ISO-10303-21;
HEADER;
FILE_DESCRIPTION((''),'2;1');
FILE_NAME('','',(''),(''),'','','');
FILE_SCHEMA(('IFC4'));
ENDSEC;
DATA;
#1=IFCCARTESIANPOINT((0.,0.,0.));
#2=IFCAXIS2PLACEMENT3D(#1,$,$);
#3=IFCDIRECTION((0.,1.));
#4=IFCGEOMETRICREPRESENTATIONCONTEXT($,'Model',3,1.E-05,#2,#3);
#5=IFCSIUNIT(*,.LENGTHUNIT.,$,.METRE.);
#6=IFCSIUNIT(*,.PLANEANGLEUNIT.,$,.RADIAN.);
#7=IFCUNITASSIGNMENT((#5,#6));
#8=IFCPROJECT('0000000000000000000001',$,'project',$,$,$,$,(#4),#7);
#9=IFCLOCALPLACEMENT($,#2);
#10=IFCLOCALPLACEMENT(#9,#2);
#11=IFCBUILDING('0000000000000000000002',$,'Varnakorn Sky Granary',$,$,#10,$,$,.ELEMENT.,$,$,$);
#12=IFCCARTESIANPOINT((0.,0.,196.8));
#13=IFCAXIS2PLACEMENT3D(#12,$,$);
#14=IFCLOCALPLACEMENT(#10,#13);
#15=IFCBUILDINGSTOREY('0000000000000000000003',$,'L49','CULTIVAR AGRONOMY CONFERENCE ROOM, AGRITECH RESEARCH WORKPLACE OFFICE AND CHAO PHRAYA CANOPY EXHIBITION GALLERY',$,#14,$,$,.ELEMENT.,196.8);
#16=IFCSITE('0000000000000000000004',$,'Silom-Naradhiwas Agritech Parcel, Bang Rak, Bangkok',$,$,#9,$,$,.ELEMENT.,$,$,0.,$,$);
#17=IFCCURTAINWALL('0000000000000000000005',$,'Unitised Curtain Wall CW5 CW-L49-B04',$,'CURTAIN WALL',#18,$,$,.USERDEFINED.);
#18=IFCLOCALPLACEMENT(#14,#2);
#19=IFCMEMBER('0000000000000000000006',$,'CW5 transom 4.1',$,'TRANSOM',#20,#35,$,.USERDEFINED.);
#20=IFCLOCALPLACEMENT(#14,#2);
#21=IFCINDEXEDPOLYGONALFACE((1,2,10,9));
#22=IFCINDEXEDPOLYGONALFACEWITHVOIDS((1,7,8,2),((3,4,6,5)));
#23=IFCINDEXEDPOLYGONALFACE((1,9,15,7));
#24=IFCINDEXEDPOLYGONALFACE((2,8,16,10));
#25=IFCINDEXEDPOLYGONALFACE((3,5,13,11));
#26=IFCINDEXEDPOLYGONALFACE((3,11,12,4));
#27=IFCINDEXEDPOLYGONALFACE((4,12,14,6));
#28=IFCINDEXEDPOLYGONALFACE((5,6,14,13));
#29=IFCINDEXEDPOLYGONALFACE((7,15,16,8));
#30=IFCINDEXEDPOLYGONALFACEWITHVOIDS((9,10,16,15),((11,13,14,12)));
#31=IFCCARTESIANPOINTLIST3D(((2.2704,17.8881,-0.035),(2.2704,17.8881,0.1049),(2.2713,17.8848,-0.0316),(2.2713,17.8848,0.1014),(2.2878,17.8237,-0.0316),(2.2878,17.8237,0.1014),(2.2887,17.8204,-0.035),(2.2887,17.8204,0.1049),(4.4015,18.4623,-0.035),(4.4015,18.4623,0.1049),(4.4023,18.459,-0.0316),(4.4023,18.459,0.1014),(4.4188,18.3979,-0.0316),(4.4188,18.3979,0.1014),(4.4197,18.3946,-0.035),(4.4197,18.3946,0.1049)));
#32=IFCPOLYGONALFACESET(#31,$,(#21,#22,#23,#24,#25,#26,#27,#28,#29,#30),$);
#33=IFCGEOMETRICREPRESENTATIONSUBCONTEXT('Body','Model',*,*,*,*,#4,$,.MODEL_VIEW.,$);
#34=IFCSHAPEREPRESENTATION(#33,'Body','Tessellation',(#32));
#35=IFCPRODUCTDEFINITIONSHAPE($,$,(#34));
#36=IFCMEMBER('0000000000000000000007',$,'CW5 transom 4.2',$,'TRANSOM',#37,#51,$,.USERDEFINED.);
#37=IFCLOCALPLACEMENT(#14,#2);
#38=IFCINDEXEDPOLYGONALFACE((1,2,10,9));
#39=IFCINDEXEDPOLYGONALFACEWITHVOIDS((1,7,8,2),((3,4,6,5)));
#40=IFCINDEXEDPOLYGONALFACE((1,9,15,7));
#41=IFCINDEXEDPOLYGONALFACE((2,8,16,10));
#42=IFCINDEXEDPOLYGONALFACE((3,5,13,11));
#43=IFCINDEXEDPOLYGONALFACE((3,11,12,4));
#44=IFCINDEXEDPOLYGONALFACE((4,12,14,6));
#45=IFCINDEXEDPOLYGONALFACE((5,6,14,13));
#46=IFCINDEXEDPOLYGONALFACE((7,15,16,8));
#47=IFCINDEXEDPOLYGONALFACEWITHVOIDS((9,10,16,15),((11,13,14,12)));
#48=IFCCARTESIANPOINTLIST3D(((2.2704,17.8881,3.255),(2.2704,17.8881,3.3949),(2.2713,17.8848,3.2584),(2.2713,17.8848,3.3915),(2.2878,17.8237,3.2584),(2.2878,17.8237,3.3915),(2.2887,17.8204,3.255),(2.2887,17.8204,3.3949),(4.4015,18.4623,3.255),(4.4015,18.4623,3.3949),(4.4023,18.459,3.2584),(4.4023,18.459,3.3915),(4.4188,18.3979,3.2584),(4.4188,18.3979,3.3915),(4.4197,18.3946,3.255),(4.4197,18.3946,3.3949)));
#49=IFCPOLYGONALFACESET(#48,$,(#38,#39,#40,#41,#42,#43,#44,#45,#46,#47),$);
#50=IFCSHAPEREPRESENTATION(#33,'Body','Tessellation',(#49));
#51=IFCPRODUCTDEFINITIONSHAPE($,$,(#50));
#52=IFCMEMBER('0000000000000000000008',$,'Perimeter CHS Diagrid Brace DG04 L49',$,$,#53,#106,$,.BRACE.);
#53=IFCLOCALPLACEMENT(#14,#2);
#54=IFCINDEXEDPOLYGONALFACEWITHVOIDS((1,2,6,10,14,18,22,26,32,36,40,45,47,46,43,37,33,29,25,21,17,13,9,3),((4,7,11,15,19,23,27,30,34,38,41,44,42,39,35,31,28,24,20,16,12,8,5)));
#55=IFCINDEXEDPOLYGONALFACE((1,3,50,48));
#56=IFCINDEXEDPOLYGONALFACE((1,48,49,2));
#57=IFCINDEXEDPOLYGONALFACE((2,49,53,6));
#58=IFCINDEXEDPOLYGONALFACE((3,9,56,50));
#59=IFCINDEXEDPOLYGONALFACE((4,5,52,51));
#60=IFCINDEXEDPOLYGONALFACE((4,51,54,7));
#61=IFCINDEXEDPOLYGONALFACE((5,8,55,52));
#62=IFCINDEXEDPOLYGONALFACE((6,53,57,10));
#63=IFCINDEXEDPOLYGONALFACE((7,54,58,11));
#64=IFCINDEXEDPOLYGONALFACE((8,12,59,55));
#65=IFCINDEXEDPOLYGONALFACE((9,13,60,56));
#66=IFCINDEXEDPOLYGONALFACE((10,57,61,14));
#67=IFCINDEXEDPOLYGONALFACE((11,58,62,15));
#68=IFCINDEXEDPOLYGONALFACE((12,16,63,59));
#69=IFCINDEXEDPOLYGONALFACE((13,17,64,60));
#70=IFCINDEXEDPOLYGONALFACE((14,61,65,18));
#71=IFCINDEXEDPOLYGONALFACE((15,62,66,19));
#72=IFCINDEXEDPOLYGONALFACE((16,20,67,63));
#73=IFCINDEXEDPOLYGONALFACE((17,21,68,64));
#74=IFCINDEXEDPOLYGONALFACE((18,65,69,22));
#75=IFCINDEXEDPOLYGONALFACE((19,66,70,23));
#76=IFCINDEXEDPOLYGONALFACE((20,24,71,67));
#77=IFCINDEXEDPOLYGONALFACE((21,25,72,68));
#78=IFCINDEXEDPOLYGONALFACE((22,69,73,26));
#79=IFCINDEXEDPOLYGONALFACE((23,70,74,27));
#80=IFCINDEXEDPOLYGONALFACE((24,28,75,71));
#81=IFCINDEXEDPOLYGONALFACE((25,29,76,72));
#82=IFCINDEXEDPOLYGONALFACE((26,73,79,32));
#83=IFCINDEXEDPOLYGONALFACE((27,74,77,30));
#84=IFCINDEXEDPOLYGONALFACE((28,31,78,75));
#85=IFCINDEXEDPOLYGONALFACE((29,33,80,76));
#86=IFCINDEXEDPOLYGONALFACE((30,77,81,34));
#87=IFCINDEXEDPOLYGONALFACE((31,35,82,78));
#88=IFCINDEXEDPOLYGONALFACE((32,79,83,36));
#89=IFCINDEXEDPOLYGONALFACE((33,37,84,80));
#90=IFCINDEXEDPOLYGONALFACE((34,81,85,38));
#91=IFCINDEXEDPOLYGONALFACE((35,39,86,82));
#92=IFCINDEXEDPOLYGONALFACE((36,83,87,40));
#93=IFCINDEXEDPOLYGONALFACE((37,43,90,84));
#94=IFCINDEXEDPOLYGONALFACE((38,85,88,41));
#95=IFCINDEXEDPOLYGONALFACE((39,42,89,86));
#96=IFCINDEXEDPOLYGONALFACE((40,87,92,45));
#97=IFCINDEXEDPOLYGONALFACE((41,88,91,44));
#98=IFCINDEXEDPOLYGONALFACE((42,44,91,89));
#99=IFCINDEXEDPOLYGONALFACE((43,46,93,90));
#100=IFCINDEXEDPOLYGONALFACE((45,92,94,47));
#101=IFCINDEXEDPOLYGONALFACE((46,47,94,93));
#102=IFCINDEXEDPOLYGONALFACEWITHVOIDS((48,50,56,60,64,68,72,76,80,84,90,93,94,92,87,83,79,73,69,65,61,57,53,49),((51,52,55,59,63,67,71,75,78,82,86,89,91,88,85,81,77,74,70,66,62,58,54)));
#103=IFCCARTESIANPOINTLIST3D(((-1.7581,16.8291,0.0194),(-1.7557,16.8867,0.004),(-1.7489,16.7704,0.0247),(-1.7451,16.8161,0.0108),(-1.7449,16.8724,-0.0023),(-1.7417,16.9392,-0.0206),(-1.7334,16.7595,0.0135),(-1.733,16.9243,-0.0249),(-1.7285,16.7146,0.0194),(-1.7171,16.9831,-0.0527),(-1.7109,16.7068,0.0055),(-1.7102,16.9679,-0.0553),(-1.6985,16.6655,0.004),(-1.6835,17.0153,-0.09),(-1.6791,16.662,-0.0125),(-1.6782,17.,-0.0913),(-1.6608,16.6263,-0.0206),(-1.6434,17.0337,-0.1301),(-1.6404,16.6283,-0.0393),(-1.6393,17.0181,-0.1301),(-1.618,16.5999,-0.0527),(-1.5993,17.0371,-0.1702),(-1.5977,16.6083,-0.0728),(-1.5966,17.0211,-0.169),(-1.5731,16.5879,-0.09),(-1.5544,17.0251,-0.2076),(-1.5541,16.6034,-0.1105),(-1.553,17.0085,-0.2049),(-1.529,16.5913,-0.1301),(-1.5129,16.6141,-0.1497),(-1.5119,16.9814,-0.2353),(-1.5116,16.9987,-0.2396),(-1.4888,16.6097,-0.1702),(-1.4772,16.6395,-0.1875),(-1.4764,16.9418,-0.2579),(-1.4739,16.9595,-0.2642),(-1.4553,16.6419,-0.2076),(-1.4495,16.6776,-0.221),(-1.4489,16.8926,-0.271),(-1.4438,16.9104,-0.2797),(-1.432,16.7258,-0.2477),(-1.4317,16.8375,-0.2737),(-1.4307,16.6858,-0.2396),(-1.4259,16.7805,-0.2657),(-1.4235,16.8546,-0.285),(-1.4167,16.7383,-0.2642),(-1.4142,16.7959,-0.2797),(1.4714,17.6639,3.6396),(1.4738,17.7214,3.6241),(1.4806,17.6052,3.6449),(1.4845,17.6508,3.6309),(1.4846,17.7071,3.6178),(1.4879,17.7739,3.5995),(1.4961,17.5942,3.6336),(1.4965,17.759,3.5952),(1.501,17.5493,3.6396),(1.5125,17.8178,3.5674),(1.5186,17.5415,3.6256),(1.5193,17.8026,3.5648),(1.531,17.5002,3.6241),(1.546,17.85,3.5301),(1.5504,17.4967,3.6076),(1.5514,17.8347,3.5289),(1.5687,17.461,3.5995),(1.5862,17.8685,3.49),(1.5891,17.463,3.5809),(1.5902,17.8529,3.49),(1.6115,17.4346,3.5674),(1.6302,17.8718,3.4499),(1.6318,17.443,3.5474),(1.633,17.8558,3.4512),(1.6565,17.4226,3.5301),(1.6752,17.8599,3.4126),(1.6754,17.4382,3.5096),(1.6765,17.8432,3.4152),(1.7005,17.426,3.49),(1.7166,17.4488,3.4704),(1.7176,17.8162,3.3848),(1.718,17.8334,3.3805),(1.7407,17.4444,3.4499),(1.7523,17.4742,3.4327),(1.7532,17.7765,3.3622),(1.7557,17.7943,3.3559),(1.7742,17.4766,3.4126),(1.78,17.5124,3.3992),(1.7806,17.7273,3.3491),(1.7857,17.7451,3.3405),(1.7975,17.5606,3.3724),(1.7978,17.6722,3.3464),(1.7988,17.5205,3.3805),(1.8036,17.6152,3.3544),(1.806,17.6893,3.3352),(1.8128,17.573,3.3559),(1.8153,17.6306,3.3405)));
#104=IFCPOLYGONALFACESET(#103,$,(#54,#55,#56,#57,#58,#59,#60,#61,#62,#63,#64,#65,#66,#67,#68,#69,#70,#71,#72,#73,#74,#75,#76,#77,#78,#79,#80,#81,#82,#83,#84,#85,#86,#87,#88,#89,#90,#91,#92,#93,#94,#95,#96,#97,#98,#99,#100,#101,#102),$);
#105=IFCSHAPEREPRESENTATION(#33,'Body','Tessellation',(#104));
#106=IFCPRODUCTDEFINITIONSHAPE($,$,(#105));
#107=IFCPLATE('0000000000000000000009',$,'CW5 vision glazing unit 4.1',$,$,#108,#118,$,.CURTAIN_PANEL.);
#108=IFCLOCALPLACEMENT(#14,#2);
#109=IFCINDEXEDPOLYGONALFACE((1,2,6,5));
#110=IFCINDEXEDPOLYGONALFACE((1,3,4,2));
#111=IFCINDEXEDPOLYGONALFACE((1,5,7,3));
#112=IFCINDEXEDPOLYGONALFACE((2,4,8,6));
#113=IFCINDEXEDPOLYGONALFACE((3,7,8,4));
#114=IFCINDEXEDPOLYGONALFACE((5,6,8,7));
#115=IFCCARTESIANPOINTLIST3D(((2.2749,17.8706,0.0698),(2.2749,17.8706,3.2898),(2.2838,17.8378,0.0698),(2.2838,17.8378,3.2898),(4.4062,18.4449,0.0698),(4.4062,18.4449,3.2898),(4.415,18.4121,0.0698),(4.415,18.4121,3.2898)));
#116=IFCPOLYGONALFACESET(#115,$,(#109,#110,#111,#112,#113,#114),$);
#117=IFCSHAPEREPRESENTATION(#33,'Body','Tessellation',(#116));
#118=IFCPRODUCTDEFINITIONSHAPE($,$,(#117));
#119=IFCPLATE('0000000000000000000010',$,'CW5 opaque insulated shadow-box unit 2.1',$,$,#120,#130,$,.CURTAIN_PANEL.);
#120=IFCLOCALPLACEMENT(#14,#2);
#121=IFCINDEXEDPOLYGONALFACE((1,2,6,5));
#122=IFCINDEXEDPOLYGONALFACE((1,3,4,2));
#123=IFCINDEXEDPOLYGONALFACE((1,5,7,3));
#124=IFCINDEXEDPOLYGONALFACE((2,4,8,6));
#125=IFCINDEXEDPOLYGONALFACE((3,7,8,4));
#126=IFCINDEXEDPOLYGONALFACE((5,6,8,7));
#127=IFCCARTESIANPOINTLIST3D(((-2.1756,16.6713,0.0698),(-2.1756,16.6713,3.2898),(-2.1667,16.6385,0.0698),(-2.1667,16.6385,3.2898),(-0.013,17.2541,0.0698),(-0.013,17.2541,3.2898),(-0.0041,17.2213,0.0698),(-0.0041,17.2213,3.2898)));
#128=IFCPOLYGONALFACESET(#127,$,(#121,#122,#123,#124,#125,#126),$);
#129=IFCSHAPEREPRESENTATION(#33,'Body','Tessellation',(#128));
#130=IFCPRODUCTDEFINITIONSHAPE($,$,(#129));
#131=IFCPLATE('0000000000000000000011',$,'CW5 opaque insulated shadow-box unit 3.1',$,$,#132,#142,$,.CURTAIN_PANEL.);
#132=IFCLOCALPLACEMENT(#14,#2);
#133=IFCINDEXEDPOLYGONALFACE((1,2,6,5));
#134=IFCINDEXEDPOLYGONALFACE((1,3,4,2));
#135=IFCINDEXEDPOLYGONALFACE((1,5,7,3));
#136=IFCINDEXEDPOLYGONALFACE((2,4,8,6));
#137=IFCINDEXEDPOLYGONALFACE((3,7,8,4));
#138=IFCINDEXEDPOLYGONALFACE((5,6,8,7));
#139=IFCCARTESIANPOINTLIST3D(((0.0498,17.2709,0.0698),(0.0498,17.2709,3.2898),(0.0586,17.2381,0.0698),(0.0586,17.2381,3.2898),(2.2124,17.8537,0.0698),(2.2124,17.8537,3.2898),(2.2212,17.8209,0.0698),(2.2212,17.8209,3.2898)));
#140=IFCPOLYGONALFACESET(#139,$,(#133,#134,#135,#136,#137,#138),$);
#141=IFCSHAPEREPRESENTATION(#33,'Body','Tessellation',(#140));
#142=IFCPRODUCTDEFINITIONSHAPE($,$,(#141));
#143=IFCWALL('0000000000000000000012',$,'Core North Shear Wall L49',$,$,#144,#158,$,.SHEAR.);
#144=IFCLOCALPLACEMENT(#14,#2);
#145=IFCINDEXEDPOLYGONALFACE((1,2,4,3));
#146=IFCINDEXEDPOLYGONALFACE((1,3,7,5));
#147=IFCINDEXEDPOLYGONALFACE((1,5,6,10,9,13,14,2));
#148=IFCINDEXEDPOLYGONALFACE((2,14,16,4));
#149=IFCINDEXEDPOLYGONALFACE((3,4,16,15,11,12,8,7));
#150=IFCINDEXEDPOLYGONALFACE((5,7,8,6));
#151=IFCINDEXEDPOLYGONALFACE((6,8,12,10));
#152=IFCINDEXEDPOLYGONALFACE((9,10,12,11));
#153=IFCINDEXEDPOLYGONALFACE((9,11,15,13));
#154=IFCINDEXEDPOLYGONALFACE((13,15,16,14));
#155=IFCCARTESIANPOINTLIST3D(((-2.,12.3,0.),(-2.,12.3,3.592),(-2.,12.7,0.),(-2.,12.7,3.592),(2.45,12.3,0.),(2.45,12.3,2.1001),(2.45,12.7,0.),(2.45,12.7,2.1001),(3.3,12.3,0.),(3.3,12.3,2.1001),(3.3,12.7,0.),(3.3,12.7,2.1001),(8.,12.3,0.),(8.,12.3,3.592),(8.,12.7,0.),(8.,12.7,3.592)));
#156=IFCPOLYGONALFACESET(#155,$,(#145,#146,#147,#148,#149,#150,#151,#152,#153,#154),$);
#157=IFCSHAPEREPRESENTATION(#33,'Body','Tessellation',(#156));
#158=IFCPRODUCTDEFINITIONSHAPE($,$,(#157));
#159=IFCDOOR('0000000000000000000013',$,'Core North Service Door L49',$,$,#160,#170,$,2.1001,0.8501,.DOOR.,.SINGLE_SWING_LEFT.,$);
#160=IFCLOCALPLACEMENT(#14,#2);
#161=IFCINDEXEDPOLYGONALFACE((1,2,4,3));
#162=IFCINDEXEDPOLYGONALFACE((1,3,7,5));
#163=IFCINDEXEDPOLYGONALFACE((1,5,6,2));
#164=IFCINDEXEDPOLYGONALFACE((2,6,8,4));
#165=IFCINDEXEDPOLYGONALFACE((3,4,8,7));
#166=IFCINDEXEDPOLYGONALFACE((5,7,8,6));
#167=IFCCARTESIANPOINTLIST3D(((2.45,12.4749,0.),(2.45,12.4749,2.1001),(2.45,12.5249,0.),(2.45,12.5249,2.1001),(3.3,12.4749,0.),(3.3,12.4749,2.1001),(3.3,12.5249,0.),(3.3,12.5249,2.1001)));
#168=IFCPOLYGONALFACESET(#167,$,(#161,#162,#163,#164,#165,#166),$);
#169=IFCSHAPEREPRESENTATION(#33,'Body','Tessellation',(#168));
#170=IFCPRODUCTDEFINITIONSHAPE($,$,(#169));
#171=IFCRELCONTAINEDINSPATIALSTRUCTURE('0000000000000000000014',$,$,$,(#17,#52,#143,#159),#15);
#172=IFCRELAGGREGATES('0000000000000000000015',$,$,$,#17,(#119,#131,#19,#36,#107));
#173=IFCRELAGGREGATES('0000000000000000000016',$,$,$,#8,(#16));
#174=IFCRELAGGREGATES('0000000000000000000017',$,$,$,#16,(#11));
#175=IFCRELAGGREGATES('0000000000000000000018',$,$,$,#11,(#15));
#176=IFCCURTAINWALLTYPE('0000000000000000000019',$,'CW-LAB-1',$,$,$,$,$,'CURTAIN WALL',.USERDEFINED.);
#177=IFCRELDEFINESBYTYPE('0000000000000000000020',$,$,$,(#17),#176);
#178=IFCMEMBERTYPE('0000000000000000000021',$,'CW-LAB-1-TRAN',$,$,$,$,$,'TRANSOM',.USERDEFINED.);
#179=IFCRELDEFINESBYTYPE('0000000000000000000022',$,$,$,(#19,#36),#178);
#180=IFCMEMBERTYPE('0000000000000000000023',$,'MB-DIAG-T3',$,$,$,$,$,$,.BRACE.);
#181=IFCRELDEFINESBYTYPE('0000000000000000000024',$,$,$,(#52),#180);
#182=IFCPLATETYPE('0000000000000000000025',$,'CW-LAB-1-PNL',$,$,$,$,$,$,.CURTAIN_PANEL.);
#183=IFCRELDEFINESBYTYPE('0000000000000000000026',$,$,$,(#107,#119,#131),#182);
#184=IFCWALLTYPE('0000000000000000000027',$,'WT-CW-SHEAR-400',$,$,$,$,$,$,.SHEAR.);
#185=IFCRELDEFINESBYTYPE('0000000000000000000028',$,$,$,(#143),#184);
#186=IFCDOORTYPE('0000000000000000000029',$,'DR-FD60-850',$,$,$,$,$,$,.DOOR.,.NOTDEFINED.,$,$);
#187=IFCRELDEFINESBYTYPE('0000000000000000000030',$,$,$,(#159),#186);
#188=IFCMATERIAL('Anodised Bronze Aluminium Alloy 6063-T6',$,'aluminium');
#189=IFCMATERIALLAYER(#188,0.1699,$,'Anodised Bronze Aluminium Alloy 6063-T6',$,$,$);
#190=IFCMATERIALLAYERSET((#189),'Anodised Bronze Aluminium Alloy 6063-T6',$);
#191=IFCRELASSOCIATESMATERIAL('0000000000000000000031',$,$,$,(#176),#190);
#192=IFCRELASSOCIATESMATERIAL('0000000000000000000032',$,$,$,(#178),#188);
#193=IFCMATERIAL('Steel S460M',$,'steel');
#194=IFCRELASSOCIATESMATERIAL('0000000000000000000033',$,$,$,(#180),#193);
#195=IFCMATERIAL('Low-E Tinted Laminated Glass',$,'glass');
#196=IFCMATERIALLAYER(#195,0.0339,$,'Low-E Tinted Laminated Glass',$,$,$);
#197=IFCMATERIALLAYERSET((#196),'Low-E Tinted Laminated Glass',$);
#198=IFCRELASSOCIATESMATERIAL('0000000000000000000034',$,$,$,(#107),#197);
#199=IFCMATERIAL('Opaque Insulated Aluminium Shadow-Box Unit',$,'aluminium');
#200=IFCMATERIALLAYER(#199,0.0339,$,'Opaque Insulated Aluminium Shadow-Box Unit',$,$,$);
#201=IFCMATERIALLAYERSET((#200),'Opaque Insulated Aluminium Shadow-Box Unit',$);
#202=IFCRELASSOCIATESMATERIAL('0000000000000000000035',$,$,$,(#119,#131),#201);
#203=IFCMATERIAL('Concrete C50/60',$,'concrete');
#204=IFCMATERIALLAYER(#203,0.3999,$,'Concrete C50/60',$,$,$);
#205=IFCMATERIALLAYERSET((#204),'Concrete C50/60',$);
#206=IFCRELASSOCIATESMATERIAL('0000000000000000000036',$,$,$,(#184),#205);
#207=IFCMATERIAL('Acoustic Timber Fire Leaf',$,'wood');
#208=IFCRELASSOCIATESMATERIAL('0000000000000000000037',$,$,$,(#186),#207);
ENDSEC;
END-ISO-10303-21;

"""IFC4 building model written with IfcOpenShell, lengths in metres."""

from ifc_helpers import new_model, si_unit, direction, frame, frame_2d, origin, origin_2d, place, context, subcontext, project, spatial, rectangle, hollow_rectangle, hollow_circle, extrude, source, transform, mapped, material, layer, layer_set, material_profile, profile_set, type_object, type_shapes, element, fill, aggregate, save


model = new_model("IFC4")

# Units and contexts
model_context = context("Model", 3, precision=1e-05, world=origin(), true_north=direction((0.0, 1.0)))
body_context = subcontext(model_context, "Body", "Model", "MODEL_VIEW")
ifc_project = project(units=[si_unit("LENGTHUNIT", "METRE"), si_unit("PLANEANGLEUNIT", "RADIAN")], contexts=[model_context])

# Site, building, storey
site_placement = place(None, origin())
site = spatial("IfcSite", under=ifc_project, at=site_placement, Name="Silom-Naradhiwas Agritech Parcel, Bang Rak, Bangkok", CompositionType="ELEMENT", RefElevation=0.0)
building_placement = place(site_placement, origin())
building = spatial("IfcBuilding", under=site, at=building_placement, Name="Varnakorn Sky Granary", CompositionType="ELEMENT")
storey_placement = place(building_placement, frame((0.0, 0.0, 196.8)))
storey = spatial("IfcBuildingStorey", under=building, at=storey_placement, Name="L49", Description="CULTIVAR AGRONOMY CONFERENCE ROOM, AGRITECH RESEARCH WORKPLACE OFFICE AND CHAO PHRAYA CANOPY EXHIBITION GALLERY", CompositionType="ELEMENT", Elevation=196.8)

# Curtain wall, members
ifc_material_1 = material(Name="Anodised Bronze Aluminium Alloy 6063-T6", Category="aluminium")
ifc_layer_1 = layer(ifc_material_1, 0.1699, Name="Anodised Bronze Aluminium Alloy 6063-T6")
ifc_layer_set_1 = layer_set([ifc_layer_1], Name="Anodised Bronze Aluminium Alloy 6063-T6")
curtain_wall_type = type_object("IfcCurtainWallType", Name="CW-LAB-1", ElementType="CURTAIN WALL", PredefinedType="USERDEFINED", material=ifc_layer_set_1)
curtain_wall_placement = place(storey_placement, origin())
curtain_wall = element("IfcCurtainWall", 1, at=curtain_wall_placement, inside=storey, type_object=curtain_wall_type, Name="Unitised Curtain Wall CW5 CW-L49-B04", ObjectType="CURTAIN WALL", PredefinedType="USERDEFINED")
ifc_material_profile_1 = material_profile(ifc_material_1, hollow_rectangle(XDim=0.0701, YDim=0.1399, WallThickness=0.0034, at=origin_2d()), Name="ALU TRAN 70x140")
ifc_profile_set_1 = profile_set([ifc_material_profile_1], Name="Anodised Bronze Aluminium Alloy 6063-T6")
member_type_1 = type_object("IfcMemberType", Name="CW-LAB-1-TRAN", ElementType="TRANSOM", PredefinedType="USERDEFINED", material=ifc_profile_set_1)
member_1_placement = place(storey_placement, frame((2.2795, 17.8542, 0.0349), z_axis=(0.965563, 0.260168, 0.0), x_axis=(-0.260168, 0.965563, 0.0)))
member_1 = element("IfcMember", 2, at=member_1_placement, type_object=member_type_1, Name="CW5 transom 4.1", ObjectType="TRANSOM", PredefinedType="USERDEFINED", context=body_context, shape_type="SweptSolid", body=[
    extrude(hollow_rectangle(XDim=0.0701, YDim=0.1399, WallThickness=0.0034, at=origin_2d()), origin(), (0.0, 0.0, 1.0), 2.207),
])
member_2_placement = place(storey_placement, frame((2.2795, 17.8542, 3.325), z_axis=(0.965563, 0.260168, 0.0), x_axis=(-0.260168, 0.965563, 0.0)))
member_2 = element("IfcMember", 3, at=member_2_placement, type_object=member_type_1, Name="CW5 transom 4.2", ObjectType="TRANSOM", PredefinedType="USERDEFINED", context=body_context, shape_type="SweptSolid", body=[
    extrude(hollow_rectangle(XDim=0.0701, YDim=0.1399, WallThickness=0.0034, at=origin_2d()), origin(), (0.0, 0.0, 1.0), 2.207),
])

# Member
ifc_material_2 = material(Name="Steel S460M", Category="steel")
ifc_material_profile_2 = material_profile(ifc_material_2, hollow_circle(Radius=0.2285, WallThickness=0.0161, at=origin_2d()), Name="CHS 457x16")
ifc_profile_set_2 = profile_set([ifc_material_profile_2], Name="Steel S460M")
member_type_2 = type_object("IfcMemberType", Name="MB-DIAG-T3", PredefinedType="BRACE", material=ifc_profile_set_2)
member_3_placement = place(storey_placement, frame((-1.5862, 16.8125, -0.1301), z_axis=(0.656059, 0.16957, 0.735413), x_axis=(-0.250243, 0.968183, 0.0)))
element("IfcMember", 4, at=member_3_placement, inside=storey, type_object=member_type_2, Name="Perimeter CHS Diagrid Brace DG04 L49", PredefinedType="BRACE", context=body_context, shape_type="SweptSolid", body=[
    extrude(hollow_circle(Radius=0.2285, WallThickness=0.0161, at=origin_2d()), origin(), (0.0, 0.0, 1.0), 4.9226),
])

# Plates
ifc_material_3 = material(Name="Low-E Tinted Laminated Glass", Category="glass")
ifc_layer_2 = layer(ifc_material_3, 0.0339, Name="Low-E Tinted Laminated Glass")
ifc_layer_set_2 = layer_set([ifc_layer_2], Name="Low-E Tinted Laminated Glass")
plate_type = type_object("IfcPlateType", Name="CW-LAB-1-PNL", PredefinedType="CURTAIN_PANEL")
shared_shape_1 = source(origin(), body_context, "Body", "SweptSolid", [
    extrude(rectangle(XDim=2.2073, YDim=0.0339, at=origin_2d()), origin(), (0.0, 0.0, 1.0), 3.22),
])
plate_1_placement = place(storey_placement, frame((3.345, 18.1414, 0.0698), z_axis=(0.0, 0.0, 1.0), x_axis=(0.965556, 0.260196, 0.0)))
plate_1 = element("IfcPlate", 5, at=plate_1_placement, type_object=plate_type, material=ifc_layer_set_2, Name="CW5 vision glazing unit 4.1", PredefinedType="CURTAIN_PANEL", context=body_context, shape_type="MappedRepresentation", body=[
    mapped(shared_shape_1, transform((0.0, 0.0, 0.0), x_axis=(1.0, 0.0, 0.0), y_axis=(0.0, 1.0, 0.0), z_axis=(0.0, 0.0, 1.0), scale=1.0)),
])
ifc_material_4 = material(Name="Opaque Insulated Aluminium Shadow-Box Unit", Category="aluminium")
ifc_layer_3 = layer(ifc_material_4, 0.0339, Name="Opaque Insulated Aluminium Shadow-Box Unit")
ifc_layer_set_3 = layer_set([ifc_layer_3], Name="Opaque Insulated Aluminium Shadow-Box Unit")
shared_shape_2 = source(origin(), body_context, "Body", "SweptSolid", [
    extrude(rectangle(XDim=2.2397, YDim=0.0339, at=origin_2d()), origin(), (0.0, 0.0, 1.0), 3.22),
])
type_shapes(plate_type, [shared_shape_1, shared_shape_2])
plate_2_placement = place(storey_placement, frame((-1.0898, 16.9463, 0.0698), z_axis=(0.0, 0.0, 1.0), x_axis=(0.965556, 0.260196, 0.0)))
plate_2 = element("IfcPlate", 6, at=plate_2_placement, type_object=plate_type, material=ifc_layer_set_3, Name="CW5 opaque insulated shadow-box unit 2.1", PredefinedType="CURTAIN_PANEL", context=body_context, shape_type="MappedRepresentation", body=[
    mapped(shared_shape_2, transform((0.0, 0.0, 0.0), x_axis=(1.0, 0.0, 0.0), y_axis=(0.0, 1.0, 0.0), z_axis=(0.0, 0.0, 1.0), scale=1.0)),
])
plate_3_placement = place(storey_placement, frame((1.1355, 17.5459, 0.0698), z_axis=(0.0, 0.0, 1.0), x_axis=(0.965556, 0.260196, 0.0)))
plate_3 = element("IfcPlate", 7, at=plate_3_placement, type_object=plate_type, material=ifc_layer_set_3, Name="CW5 opaque insulated shadow-box unit 3.1", PredefinedType="CURTAIN_PANEL", context=body_context, shape_type="MappedRepresentation", body=[
    mapped(shared_shape_2, transform((0.0, 0.0, 0.0), x_axis=(1.0, 0.0, 0.0), y_axis=(0.0, 1.0, 0.0), z_axis=(0.0, 0.0, 1.0), scale=1.0)),
])
aggregate(curtain_wall, [plate_2, plate_3, member_1, member_2, plate_1])

# Wall, opening, door
ifc_material_5 = material(Name="Concrete C50/60", Category="concrete")
ifc_layer_4 = layer(ifc_material_5, 0.3999, Name="Concrete C50/60")
ifc_layer_set_4 = layer_set([ifc_layer_4], Name="Concrete C50/60")
wall_type_1 = type_object("IfcWallType", Name="WT-CW-SHEAR-400", PredefinedType="SHEAR", material=ifc_layer_set_4)
wall_1_placement = place(storey_placement, frame((-2.0, 12.5, 0.0), z_axis=(0.0, 0.0, 1.0), x_axis=(1.0, 0.0, 0.0)))
wall_1 = element("IfcWall", 8, at=wall_1_placement, inside=storey, type_object=wall_type_1, Name="Core North Shear Wall L49", PredefinedType="SHEAR", context=body_context, shape_type="SweptSolid", body=[
    extrude(rectangle(XDim=10.0, YDim=0.3999, at=frame_2d((5.0, 0.0))), origin(), (0.0, 0.0, 1.0), 3.592),
])
opening_placement = place(wall_1_placement, frame((4.45, 0.0, 0.0)))
opening = element("IfcOpeningElement", 9, at=opening_placement, cuts=wall_1, PredefinedType="OPENING", context=body_context, shape_type="SweptSolid", body=[
    extrude(rectangle(XDim=0.8501, YDim=2.1001, at=frame_2d((0.425, 1.05))), frame((0.0, 0.21, 0.0), z_axis=(0.0, -1.0, 0.0), x_axis=(1.0, 0.0, 0.0)), (0.0, 0.0, 1.0), 0.4199),
])
ifc_material_6 = material(Name="Acoustic Timber Fire Leaf", Category="wood")
door_type = type_object("IfcDoorType", Name="DR-FD60-850", OperationType="NOTDEFINED", PredefinedType="DOOR", material=ifc_material_6)
door_placement = place(opening_placement, origin())
door = element("IfcDoor", 10, at=door_placement, inside=storey, type_object=door_type, Name="Core North Service Door L49", OperationType="SINGLE_SWING_LEFT", OverallHeight=2.1001, OverallWidth=0.8501, PredefinedType="DOOR", context=body_context, shape_type="SweptSolid", body=[
    extrude(rectangle(XDim=0.8501, YDim=2.1001, at=frame_2d((0.425, 1.05))), frame((0.0, 0.0249, 0.0), z_axis=(0.0, -1.0, 0.0), x_axis=(1.0, 0.0, 0.0)), (0.0, 0.0, 1.0), 0.05),
])
fill(opening, door)

save(model, "model.ifc")
